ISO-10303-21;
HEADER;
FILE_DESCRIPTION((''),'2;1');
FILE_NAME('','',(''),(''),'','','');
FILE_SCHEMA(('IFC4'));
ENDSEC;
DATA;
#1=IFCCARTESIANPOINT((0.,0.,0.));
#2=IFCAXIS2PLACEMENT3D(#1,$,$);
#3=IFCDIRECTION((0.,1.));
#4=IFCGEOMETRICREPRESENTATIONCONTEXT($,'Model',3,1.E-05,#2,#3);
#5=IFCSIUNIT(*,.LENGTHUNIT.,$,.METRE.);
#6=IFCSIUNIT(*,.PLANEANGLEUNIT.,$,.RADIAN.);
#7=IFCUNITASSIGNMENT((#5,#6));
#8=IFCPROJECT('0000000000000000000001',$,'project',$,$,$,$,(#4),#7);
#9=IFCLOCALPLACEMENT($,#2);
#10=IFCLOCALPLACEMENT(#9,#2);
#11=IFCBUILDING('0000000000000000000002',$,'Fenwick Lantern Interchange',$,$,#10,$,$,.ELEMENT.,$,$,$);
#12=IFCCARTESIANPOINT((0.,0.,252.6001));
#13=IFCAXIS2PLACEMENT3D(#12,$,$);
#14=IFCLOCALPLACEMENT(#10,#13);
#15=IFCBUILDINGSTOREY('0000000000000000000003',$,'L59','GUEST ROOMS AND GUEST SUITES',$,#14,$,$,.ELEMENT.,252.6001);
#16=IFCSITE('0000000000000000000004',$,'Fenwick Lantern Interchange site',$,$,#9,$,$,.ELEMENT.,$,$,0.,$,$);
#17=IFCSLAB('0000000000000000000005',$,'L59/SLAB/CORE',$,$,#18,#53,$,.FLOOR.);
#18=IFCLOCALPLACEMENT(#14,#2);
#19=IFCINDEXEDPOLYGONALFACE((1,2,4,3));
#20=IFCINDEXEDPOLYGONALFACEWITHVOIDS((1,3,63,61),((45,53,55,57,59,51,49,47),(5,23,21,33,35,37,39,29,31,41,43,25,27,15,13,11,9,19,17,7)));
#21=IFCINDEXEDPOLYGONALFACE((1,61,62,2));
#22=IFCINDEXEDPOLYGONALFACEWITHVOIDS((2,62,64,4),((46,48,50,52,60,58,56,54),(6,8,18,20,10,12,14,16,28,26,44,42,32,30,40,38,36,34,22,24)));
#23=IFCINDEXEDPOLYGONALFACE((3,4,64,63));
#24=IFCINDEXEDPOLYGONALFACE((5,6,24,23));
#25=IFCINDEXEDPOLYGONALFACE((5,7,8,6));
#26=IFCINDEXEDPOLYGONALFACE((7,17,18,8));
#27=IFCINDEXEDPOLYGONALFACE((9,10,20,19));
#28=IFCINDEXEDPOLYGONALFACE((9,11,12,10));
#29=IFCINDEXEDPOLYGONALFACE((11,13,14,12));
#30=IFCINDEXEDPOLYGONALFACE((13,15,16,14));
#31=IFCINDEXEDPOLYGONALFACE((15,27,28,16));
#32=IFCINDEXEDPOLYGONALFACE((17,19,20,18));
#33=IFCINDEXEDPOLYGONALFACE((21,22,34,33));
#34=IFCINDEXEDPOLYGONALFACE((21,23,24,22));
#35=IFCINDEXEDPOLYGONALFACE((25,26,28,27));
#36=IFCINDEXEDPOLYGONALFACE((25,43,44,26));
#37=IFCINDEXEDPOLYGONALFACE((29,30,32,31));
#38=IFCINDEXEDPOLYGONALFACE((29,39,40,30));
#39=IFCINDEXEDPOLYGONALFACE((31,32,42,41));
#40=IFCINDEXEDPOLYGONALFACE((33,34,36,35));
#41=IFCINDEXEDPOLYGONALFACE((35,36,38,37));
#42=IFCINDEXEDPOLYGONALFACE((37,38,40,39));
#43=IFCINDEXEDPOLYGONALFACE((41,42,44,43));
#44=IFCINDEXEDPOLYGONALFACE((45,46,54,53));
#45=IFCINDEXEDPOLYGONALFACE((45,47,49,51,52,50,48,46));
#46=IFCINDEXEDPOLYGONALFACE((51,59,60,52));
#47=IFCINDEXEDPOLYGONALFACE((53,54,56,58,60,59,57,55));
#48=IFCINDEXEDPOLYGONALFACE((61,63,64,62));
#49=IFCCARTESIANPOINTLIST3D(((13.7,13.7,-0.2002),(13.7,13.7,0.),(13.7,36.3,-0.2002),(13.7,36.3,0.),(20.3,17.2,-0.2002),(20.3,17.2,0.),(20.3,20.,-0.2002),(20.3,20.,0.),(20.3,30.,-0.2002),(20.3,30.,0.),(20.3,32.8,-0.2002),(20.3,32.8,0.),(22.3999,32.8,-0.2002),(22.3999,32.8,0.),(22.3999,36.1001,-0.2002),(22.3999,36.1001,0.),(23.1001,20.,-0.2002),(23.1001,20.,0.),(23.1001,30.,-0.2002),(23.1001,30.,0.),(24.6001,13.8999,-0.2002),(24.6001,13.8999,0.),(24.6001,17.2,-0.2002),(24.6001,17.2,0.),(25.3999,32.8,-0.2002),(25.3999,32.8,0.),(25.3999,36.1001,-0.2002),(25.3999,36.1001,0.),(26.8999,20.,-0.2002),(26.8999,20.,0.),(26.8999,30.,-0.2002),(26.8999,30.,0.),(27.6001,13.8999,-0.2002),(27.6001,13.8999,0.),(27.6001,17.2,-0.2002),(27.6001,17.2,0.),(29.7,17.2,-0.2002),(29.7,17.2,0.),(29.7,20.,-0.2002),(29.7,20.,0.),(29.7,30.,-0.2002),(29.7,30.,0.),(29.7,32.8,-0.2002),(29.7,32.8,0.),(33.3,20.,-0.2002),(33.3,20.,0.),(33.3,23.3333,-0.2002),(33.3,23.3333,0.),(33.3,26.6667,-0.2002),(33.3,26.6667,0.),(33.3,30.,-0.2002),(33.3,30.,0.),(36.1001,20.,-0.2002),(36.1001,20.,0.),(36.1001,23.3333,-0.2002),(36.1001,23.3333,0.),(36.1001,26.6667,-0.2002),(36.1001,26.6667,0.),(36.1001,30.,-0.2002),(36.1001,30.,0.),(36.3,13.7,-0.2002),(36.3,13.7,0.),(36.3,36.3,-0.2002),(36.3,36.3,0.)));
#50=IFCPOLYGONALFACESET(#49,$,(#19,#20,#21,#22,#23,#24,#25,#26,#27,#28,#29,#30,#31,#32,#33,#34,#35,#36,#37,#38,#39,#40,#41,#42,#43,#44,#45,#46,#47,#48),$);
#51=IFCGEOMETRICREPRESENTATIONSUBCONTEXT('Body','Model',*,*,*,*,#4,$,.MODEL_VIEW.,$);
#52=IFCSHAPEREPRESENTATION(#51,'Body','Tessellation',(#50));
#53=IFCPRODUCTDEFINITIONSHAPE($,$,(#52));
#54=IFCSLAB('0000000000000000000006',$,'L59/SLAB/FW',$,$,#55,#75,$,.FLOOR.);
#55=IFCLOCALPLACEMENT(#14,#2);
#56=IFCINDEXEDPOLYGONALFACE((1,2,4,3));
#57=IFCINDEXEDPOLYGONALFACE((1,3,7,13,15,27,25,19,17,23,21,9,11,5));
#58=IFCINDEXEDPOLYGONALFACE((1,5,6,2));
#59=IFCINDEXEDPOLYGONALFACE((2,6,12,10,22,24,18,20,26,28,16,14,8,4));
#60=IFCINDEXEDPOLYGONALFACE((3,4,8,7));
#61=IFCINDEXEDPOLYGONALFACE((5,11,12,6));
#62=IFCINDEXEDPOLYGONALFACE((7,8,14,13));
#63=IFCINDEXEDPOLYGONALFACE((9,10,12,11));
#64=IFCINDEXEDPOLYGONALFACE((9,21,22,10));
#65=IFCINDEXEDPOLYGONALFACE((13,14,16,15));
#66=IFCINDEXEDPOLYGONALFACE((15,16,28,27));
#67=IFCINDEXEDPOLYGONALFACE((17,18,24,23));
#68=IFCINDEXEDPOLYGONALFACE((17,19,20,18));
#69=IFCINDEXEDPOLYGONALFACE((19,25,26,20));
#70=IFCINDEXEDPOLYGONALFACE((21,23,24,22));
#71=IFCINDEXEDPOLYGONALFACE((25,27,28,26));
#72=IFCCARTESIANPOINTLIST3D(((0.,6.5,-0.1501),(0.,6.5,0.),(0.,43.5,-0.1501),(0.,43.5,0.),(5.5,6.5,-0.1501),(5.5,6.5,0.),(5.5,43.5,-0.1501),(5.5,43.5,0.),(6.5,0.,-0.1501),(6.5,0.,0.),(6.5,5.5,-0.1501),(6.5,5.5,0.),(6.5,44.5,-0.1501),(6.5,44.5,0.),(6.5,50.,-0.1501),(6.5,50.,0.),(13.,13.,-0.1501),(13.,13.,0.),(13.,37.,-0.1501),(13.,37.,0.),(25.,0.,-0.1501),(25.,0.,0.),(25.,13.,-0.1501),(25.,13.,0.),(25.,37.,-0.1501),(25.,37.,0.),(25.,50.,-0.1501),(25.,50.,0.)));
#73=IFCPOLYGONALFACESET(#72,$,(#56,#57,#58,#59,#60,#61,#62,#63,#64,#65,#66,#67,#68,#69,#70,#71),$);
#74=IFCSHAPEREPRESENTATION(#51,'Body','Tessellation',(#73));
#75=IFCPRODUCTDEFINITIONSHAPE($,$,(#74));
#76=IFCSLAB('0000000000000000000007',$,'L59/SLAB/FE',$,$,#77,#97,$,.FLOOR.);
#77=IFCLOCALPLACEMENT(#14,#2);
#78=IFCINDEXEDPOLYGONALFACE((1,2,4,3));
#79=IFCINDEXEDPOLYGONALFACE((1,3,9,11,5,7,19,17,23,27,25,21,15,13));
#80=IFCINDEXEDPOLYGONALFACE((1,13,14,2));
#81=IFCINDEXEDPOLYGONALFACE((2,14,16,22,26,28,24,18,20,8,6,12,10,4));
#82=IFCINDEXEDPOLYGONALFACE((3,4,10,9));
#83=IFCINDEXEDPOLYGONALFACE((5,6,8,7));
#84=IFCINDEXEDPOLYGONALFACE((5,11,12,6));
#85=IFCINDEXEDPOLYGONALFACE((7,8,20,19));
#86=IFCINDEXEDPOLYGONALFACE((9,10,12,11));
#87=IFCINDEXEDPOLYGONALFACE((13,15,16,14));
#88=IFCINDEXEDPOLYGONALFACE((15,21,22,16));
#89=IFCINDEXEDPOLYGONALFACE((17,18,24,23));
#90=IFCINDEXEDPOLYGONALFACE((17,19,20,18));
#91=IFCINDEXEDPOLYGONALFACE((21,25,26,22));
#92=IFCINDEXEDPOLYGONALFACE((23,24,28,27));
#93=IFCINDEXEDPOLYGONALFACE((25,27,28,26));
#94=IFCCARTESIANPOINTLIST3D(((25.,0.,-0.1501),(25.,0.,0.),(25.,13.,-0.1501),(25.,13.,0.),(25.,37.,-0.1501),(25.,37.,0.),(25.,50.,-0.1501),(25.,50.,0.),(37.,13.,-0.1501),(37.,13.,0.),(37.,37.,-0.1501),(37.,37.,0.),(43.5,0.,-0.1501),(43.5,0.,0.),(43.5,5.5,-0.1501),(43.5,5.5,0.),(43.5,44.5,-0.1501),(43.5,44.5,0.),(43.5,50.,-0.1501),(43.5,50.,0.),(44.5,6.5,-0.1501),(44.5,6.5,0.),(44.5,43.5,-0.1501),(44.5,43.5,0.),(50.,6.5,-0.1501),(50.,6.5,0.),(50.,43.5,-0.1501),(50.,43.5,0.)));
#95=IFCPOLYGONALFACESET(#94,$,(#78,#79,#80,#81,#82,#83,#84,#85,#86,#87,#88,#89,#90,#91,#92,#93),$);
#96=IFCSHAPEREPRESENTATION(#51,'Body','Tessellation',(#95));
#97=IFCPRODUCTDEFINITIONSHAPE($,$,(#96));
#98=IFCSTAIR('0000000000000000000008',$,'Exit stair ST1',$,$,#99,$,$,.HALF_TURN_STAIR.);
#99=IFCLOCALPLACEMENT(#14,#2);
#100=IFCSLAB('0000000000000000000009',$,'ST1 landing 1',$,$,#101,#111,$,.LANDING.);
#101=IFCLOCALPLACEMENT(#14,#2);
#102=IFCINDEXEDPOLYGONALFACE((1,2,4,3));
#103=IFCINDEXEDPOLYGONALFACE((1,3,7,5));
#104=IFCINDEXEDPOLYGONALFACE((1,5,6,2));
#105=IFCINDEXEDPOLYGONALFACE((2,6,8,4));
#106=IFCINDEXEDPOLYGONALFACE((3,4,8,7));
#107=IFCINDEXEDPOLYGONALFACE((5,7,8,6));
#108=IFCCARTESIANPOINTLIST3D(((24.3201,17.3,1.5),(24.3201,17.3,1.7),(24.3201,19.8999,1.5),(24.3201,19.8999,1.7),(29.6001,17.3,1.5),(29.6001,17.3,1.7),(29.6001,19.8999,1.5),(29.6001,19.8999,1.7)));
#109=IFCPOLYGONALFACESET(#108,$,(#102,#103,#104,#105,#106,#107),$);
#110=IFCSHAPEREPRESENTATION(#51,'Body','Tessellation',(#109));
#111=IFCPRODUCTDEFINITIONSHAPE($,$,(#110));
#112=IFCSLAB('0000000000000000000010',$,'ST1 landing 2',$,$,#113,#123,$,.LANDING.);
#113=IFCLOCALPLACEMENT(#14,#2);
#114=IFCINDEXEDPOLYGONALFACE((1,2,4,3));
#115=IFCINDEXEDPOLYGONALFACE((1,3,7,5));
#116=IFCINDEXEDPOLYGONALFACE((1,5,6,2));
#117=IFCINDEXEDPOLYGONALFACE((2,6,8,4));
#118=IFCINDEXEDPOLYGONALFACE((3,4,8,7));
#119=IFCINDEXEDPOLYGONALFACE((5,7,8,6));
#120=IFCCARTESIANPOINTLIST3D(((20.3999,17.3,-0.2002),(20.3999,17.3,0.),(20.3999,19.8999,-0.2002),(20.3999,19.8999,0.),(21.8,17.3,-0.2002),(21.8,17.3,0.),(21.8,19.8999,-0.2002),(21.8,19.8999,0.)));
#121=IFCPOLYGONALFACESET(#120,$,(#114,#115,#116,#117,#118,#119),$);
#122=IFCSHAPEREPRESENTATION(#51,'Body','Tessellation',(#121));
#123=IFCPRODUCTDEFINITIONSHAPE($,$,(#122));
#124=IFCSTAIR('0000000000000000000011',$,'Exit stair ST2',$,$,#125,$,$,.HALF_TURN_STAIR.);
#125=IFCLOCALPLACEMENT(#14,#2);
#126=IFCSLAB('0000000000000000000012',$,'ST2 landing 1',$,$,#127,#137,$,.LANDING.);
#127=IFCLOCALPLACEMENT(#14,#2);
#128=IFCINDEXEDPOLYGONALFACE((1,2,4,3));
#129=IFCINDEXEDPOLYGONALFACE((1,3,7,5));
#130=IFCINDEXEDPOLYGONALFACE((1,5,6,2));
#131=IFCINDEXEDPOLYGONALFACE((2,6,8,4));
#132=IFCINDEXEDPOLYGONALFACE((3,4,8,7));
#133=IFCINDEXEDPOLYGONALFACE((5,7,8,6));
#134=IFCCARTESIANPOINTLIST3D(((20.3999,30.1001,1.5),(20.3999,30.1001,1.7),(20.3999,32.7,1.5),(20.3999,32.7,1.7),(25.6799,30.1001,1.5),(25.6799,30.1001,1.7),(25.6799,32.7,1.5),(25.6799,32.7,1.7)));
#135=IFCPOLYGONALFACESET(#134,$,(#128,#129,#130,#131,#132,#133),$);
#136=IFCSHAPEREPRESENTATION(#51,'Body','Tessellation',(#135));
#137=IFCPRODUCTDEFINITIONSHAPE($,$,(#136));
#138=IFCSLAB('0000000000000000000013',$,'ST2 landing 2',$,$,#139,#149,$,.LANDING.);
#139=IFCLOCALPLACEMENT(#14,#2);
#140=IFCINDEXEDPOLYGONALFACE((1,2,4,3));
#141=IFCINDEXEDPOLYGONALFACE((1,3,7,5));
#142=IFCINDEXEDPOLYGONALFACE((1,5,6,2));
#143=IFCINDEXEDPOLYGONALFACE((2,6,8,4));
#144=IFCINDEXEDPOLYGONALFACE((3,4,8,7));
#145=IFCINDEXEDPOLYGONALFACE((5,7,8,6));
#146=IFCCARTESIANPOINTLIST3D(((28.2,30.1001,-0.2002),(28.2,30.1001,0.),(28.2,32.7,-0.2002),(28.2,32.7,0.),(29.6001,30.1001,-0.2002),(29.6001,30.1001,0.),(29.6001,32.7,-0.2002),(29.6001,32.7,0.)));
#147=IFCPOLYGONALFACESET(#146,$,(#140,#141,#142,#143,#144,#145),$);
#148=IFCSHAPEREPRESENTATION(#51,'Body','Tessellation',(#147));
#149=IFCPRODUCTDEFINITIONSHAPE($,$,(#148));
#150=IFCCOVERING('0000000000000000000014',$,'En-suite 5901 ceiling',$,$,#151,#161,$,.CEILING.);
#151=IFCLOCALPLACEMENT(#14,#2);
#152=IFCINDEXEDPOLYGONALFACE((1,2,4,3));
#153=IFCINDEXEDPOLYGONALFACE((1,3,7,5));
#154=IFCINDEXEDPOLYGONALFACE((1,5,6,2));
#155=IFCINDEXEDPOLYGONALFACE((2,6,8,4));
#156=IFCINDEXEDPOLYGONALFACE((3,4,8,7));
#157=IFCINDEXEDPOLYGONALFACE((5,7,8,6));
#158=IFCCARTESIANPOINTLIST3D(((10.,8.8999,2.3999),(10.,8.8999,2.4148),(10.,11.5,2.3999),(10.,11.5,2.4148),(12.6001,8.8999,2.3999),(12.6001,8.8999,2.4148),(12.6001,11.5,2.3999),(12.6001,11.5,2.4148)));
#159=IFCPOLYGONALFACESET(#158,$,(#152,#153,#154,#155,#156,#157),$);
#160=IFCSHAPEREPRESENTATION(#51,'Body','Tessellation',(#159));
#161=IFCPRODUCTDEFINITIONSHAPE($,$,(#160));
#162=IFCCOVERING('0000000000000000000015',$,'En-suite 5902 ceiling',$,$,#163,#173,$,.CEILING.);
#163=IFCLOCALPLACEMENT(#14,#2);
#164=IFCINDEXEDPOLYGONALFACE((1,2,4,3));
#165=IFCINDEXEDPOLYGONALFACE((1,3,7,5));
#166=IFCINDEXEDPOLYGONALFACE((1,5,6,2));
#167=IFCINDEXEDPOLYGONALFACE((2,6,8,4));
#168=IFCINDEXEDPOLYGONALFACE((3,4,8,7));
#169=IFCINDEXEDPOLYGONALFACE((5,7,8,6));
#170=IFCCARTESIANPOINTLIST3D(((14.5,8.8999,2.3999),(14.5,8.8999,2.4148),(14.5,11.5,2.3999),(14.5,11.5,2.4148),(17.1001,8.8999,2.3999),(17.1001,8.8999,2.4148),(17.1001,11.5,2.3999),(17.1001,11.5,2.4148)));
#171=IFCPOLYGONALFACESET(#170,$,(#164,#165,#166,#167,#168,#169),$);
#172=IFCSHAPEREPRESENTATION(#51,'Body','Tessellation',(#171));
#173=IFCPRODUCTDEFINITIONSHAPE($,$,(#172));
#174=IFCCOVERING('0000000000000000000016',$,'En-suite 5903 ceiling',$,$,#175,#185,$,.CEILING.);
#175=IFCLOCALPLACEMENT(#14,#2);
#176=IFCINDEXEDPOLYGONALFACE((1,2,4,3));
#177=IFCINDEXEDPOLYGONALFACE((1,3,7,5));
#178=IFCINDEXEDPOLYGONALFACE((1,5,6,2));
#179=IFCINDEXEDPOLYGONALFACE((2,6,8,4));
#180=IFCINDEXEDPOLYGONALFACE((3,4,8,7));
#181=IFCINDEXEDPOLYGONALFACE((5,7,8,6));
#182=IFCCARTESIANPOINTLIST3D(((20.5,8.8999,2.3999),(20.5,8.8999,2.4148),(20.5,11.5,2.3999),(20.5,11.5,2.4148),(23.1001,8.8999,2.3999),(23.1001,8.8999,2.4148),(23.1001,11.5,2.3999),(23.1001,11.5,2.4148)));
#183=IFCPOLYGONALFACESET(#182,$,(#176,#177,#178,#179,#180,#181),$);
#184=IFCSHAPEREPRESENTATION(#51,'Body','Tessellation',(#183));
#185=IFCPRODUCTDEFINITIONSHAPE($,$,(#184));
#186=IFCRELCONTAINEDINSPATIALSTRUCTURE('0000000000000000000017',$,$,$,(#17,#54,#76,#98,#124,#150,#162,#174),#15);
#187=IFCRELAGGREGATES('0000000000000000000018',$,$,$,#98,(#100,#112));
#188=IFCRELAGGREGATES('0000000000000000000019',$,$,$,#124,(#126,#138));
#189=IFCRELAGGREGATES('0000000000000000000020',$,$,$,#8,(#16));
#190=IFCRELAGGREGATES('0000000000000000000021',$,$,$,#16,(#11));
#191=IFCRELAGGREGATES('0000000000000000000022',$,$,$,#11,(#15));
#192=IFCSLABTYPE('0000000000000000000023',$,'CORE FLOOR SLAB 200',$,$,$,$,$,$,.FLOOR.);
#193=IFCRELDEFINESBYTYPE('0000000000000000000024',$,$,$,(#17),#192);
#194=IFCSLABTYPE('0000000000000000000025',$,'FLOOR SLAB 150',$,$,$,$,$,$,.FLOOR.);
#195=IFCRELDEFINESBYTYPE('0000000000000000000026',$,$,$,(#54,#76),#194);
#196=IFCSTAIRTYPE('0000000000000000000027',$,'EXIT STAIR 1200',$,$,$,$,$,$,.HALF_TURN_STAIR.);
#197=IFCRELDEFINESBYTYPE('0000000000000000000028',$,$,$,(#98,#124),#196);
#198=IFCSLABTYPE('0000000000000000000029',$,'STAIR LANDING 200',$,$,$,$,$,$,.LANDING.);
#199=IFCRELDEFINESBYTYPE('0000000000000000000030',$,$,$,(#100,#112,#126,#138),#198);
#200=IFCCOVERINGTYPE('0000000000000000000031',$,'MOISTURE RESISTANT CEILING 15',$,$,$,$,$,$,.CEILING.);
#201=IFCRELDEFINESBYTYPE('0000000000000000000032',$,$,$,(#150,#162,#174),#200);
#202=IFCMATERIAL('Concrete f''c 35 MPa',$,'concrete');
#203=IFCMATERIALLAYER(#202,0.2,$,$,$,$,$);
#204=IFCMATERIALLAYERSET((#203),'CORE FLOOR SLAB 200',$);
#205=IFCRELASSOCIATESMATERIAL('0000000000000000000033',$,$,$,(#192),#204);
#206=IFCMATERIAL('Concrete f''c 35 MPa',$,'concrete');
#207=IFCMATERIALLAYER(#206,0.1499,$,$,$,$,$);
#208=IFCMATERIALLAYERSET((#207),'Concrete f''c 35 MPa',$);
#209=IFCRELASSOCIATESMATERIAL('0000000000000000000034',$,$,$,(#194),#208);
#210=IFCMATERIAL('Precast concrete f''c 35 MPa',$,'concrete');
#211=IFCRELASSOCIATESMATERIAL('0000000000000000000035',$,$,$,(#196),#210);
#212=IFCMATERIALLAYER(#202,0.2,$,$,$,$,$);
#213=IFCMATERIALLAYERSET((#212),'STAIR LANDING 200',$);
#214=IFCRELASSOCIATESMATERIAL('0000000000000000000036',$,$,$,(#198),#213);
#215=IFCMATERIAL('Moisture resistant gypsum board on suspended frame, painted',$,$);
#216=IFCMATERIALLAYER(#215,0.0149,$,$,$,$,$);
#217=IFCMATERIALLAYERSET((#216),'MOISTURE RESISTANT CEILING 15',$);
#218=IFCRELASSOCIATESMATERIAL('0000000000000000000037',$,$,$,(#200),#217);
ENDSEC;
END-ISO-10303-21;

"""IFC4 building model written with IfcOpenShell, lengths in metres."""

from ifc_helpers import new_model, si_unit, direction, frame, origin, place, context, subcontext, project, spatial, polyline, outline, extrude, material, layer, layer_set, type_object, element, aggregate, save


model = new_model("IFC4")

# Units and contexts
model_context = context("Model", 3, precision=1e-05, world=origin(), true_north=direction((0.0, 1.0)))
body_context = subcontext(model_context, "Body", "Model", "MODEL_VIEW")
ifc_project = project(units=[si_unit("LENGTHUNIT", "METRE"), si_unit("PLANEANGLEUNIT", "RADIAN")], contexts=[model_context])

# Site, building, storey
site_placement = place(None, origin())
site = spatial("IfcSite", under=ifc_project, at=site_placement, Name="Fenwick Lantern Interchange site", CompositionType="ELEMENT", RefElevation=0.0)
building_placement = place(site_placement, origin())
building = spatial("IfcBuilding", under=site, at=building_placement, Name="Fenwick Lantern Interchange", CompositionType="ELEMENT")
storey_placement = place(building_placement, frame((0.0, 0.0, 252.6001)))
storey = spatial("IfcBuildingStorey", under=building, at=storey_placement, Name="L59", Description="GUEST ROOMS AND GUEST SUITES", CompositionType="ELEMENT", Elevation=252.6001)

# Slabs
ifc_material_1 = material(Name="Concrete f'c 35 MPa", Category="concrete")
ifc_layer_1 = layer(ifc_material_1, 0.2)
ifc_layer_set_1 = layer_set([ifc_layer_1], Name="CORE FLOOR SLAB 200")
slab_type_1 = type_object("IfcSlabType", Name="CORE FLOOR SLAB 200", PredefinedType="FLOOR", material=ifc_layer_set_1)
slab_1_placement = place(storey_placement, frame((0.0, 0.0, -0.2002)))
element("IfcSlab", 1, at=slab_1_placement, inside=storey, type_object=slab_type_1, Name="L59/SLAB/CORE", PredefinedType="FLOOR", context=body_context, shape_type="SweptSolid", body=[
    extrude(outline(polyline([(13.7, 36.3), (36.3, 36.3), (36.3, 13.7), (13.7, 13.7), (13.7, 36.3)]), holes=[polyline([(24.6001, 13.8999), (27.6001, 13.8999), (27.6001, 17.2), (29.7, 17.2), (29.7, 20.0), (26.8999, 20.0), (26.8999, 30.0), (29.7, 30.0), (29.7, 32.8), (25.3999, 32.8), (25.3999, 36.1001), (22.3999, 36.1001), (22.3999, 32.8), (20.3, 32.8), (20.3, 30.0), (23.1001, 30.0), (23.1001, 20.0), (20.3, 20.0), (20.3, 17.2), (24.6001, 17.2), (24.6001, 13.8999)]), polyline([(33.3, 20.0), (36.1001, 20.0), (36.1001, 23.3333), (36.1001, 26.6667), (36.1001, 30.0), (33.3, 30.0), (33.3, 26.6667), (33.3, 23.3333), (33.3, 20.0)])]), origin(), (0.0, 0.0, 1.0), 0.2002),
])
ifc_material_2 = material(Name="Concrete f'c 35 MPa", Category="concrete")
ifc_layer_2 = layer(ifc_material_2, 0.1499)
ifc_layer_set_2 = layer_set([ifc_layer_2], Name="Concrete f'c 35 MPa")
slab_type_2 = type_object("IfcSlabType", Name="FLOOR SLAB 150", PredefinedType="FLOOR", material=ifc_layer_set_2)
slab_2_placement = place(storey_placement, frame((0.0, 0.0, -0.1501)))
element("IfcSlab", 2, at=slab_2_placement, inside=storey, type_object=slab_type_2, Name="L59/SLAB/FW", PredefinedType="FLOOR", context=body_context, shape_type="SweptSolid", body=[
    extrude(outline(polyline([(6.5, 0.0), (6.5, 5.5), (5.5, 6.5), (0.0, 6.5), (0.0, 43.5), (5.5, 43.5), (6.5, 44.5), (6.5, 50.0), (25.0, 50.0), (25.0, 37.0), (13.0, 37.0), (13.0, 13.0), (25.0, 13.0), (25.0, 0.0), (6.5, 0.0)])), origin(), (0.0, 0.0, 1.0), 0.1501),
])
slab_3_placement = place(storey_placement, frame((0.0, 0.0, -0.1501)))
element("IfcSlab", 3, at=slab_3_placement, inside=storey, type_object=slab_type_2, Name="L59/SLAB/FE", PredefinedType="FLOOR", context=body_context, shape_type="SweptSolid", body=[
    extrude(outline(polyline([(43.5, 50.0), (43.5, 44.5), (44.5, 43.5), (50.0, 43.5), (50.0, 6.5), (44.5, 6.5), (43.5, 5.5), (43.5, 0.0), (25.0, 0.0), (25.0, 13.0), (37.0, 13.0), (37.0, 37.0), (25.0, 37.0), (25.0, 50.0), (43.5, 50.0)])), origin(), (0.0, 0.0, 1.0), 0.1501),
])

# Stairs, slabs
ifc_material_3 = material(Name="Precast concrete f'c 35 MPa", Category="concrete")
stair_type = type_object("IfcStairType", Name="EXIT STAIR 1200", PredefinedType="HALF_TURN_STAIR", material=ifc_material_3)
stair_1_placement = place(storey_placement, origin())
stair_1 = element("IfcStair", 4, at=stair_1_placement, inside=storey, type_object=stair_type, Name="Exit stair ST1", PredefinedType="HALF_TURN_STAIR")
ifc_layer_3 = layer(ifc_material_1, 0.2)
ifc_layer_set_3 = layer_set([ifc_layer_3], Name="STAIR LANDING 200")
slab_type_3 = type_object("IfcSlabType", Name="STAIR LANDING 200", PredefinedType="LANDING", material=ifc_layer_set_3)
slab_4_placement = place(storey_placement, frame((0.0, 0.0, 1.5)))
slab_4 = element("IfcSlab", 5, at=slab_4_placement, type_object=slab_type_3, Name="ST1 landing 1", PredefinedType="LANDING", context=body_context, shape_type="SweptSolid", body=[
    extrude(outline(polyline([(24.3201, 17.3), (29.6001, 17.3), (29.6001, 19.8999), (24.3201, 19.8999), (24.3201, 17.3)])), origin(), (0.0, 0.0, 1.0), 0.2),
])
slab_5_placement = place(storey_placement, frame((0.0, 0.0, -0.2002)))
slab_5 = element("IfcSlab", 6, at=slab_5_placement, type_object=slab_type_3, Name="ST1 landing 2", PredefinedType="LANDING", context=body_context, shape_type="SweptSolid", body=[
    extrude(outline(polyline([(20.3999, 17.3), (21.8, 17.3), (21.8, 19.8999), (20.3999, 19.8999), (20.3999, 17.3)])), origin(), (0.0, 0.0, 1.0), 0.2002),
])
aggregate(stair_1, [slab_4, slab_5])
stair_2_placement = place(storey_placement, origin())
stair_2 = element("IfcStair", 7, at=stair_2_placement, inside=storey, type_object=stair_type, Name="Exit stair ST2", PredefinedType="HALF_TURN_STAIR")
slab_6_placement = place(storey_placement, frame((0.0, 0.0, 1.5)))
slab_6 = element("IfcSlab", 8, at=slab_6_placement, type_object=slab_type_3, Name="ST2 landing 1", PredefinedType="LANDING", context=body_context, shape_type="SweptSolid", body=[
    extrude(outline(polyline([(25.6799, 32.7), (20.3999, 32.7), (20.3999, 30.1001), (25.6799, 30.1001), (25.6799, 32.7)])), origin(), (0.0, 0.0, 1.0), 0.2),
])
slab_7_placement = place(storey_placement, frame((0.0, 0.0, -0.2002)))
slab_7 = element("IfcSlab", 9, at=slab_7_placement, type_object=slab_type_3, Name="ST2 landing 2", PredefinedType="LANDING", context=body_context, shape_type="SweptSolid", body=[
    extrude(outline(polyline([(29.6001, 32.7), (28.2, 32.7), (28.2, 30.1001), (29.6001, 30.1001), (29.6001, 32.7)])), origin(), (0.0, 0.0, 1.0), 0.2002),
])
aggregate(stair_2, [slab_6, slab_7])

# Coverings
ifc_material_4 = material(Name="Moisture resistant gypsum board on suspended frame, painted")
ifc_layer_4 = layer(ifc_material_4, 0.0149)
ifc_layer_set_4 = layer_set([ifc_layer_4], Name="MOISTURE RESISTANT CEILING 15")
covering_type_1 = type_object("IfcCoveringType", Name="MOISTURE RESISTANT CEILING 15", PredefinedType="CEILING", material=ifc_layer_set_4)
covering_1_placement = place(storey_placement, frame((0.0, 0.0, 2.3999)))
element("IfcCovering", 10, at=covering_1_placement, inside=storey, type_object=covering_type_1, Name="En-suite 5901 ceiling", PredefinedType="CEILING", context=body_context, shape_type="SweptSolid", body=[
    extrude(outline(polyline([(10.0, 8.8999), (12.6001, 8.8999), (12.6001, 11.5), (10.0, 11.5), (10.0, 8.8999)])), origin(), (0.0, 0.0, 1.0), 0.0149),
])
covering_2_placement = place(storey_placement, frame((0.0, 0.0, 2.3999)))
element("IfcCovering", 11, at=covering_2_placement, inside=storey, type_object=covering_type_1, Name="En-suite 5902 ceiling", PredefinedType="CEILING", context=body_context, shape_type="SweptSolid", body=[
    extrude(outline(polyline([(14.5, 8.8999), (17.1001, 8.8999), (17.1001, 11.5), (14.5, 11.5), (14.5, 8.8999)])), origin(), (0.0, 0.0, 1.0), 0.0149),
])
covering_3_placement = place(storey_placement, frame((0.0, 0.0, 2.3999)))
element("IfcCovering", 12, at=covering_3_placement, inside=storey, type_object=covering_type_1, Name="En-suite 5903 ceiling", PredefinedType="CEILING", context=body_context, shape_type="SweptSolid", body=[
    extrude(outline(polyline([(20.5, 8.8999), (23.1001, 8.8999), (23.1001, 11.5), (20.5, 11.5), (20.5, 8.8999)])), origin(), (0.0, 0.0, 1.0), 0.0149),
])

save(model, "model.ifc")
